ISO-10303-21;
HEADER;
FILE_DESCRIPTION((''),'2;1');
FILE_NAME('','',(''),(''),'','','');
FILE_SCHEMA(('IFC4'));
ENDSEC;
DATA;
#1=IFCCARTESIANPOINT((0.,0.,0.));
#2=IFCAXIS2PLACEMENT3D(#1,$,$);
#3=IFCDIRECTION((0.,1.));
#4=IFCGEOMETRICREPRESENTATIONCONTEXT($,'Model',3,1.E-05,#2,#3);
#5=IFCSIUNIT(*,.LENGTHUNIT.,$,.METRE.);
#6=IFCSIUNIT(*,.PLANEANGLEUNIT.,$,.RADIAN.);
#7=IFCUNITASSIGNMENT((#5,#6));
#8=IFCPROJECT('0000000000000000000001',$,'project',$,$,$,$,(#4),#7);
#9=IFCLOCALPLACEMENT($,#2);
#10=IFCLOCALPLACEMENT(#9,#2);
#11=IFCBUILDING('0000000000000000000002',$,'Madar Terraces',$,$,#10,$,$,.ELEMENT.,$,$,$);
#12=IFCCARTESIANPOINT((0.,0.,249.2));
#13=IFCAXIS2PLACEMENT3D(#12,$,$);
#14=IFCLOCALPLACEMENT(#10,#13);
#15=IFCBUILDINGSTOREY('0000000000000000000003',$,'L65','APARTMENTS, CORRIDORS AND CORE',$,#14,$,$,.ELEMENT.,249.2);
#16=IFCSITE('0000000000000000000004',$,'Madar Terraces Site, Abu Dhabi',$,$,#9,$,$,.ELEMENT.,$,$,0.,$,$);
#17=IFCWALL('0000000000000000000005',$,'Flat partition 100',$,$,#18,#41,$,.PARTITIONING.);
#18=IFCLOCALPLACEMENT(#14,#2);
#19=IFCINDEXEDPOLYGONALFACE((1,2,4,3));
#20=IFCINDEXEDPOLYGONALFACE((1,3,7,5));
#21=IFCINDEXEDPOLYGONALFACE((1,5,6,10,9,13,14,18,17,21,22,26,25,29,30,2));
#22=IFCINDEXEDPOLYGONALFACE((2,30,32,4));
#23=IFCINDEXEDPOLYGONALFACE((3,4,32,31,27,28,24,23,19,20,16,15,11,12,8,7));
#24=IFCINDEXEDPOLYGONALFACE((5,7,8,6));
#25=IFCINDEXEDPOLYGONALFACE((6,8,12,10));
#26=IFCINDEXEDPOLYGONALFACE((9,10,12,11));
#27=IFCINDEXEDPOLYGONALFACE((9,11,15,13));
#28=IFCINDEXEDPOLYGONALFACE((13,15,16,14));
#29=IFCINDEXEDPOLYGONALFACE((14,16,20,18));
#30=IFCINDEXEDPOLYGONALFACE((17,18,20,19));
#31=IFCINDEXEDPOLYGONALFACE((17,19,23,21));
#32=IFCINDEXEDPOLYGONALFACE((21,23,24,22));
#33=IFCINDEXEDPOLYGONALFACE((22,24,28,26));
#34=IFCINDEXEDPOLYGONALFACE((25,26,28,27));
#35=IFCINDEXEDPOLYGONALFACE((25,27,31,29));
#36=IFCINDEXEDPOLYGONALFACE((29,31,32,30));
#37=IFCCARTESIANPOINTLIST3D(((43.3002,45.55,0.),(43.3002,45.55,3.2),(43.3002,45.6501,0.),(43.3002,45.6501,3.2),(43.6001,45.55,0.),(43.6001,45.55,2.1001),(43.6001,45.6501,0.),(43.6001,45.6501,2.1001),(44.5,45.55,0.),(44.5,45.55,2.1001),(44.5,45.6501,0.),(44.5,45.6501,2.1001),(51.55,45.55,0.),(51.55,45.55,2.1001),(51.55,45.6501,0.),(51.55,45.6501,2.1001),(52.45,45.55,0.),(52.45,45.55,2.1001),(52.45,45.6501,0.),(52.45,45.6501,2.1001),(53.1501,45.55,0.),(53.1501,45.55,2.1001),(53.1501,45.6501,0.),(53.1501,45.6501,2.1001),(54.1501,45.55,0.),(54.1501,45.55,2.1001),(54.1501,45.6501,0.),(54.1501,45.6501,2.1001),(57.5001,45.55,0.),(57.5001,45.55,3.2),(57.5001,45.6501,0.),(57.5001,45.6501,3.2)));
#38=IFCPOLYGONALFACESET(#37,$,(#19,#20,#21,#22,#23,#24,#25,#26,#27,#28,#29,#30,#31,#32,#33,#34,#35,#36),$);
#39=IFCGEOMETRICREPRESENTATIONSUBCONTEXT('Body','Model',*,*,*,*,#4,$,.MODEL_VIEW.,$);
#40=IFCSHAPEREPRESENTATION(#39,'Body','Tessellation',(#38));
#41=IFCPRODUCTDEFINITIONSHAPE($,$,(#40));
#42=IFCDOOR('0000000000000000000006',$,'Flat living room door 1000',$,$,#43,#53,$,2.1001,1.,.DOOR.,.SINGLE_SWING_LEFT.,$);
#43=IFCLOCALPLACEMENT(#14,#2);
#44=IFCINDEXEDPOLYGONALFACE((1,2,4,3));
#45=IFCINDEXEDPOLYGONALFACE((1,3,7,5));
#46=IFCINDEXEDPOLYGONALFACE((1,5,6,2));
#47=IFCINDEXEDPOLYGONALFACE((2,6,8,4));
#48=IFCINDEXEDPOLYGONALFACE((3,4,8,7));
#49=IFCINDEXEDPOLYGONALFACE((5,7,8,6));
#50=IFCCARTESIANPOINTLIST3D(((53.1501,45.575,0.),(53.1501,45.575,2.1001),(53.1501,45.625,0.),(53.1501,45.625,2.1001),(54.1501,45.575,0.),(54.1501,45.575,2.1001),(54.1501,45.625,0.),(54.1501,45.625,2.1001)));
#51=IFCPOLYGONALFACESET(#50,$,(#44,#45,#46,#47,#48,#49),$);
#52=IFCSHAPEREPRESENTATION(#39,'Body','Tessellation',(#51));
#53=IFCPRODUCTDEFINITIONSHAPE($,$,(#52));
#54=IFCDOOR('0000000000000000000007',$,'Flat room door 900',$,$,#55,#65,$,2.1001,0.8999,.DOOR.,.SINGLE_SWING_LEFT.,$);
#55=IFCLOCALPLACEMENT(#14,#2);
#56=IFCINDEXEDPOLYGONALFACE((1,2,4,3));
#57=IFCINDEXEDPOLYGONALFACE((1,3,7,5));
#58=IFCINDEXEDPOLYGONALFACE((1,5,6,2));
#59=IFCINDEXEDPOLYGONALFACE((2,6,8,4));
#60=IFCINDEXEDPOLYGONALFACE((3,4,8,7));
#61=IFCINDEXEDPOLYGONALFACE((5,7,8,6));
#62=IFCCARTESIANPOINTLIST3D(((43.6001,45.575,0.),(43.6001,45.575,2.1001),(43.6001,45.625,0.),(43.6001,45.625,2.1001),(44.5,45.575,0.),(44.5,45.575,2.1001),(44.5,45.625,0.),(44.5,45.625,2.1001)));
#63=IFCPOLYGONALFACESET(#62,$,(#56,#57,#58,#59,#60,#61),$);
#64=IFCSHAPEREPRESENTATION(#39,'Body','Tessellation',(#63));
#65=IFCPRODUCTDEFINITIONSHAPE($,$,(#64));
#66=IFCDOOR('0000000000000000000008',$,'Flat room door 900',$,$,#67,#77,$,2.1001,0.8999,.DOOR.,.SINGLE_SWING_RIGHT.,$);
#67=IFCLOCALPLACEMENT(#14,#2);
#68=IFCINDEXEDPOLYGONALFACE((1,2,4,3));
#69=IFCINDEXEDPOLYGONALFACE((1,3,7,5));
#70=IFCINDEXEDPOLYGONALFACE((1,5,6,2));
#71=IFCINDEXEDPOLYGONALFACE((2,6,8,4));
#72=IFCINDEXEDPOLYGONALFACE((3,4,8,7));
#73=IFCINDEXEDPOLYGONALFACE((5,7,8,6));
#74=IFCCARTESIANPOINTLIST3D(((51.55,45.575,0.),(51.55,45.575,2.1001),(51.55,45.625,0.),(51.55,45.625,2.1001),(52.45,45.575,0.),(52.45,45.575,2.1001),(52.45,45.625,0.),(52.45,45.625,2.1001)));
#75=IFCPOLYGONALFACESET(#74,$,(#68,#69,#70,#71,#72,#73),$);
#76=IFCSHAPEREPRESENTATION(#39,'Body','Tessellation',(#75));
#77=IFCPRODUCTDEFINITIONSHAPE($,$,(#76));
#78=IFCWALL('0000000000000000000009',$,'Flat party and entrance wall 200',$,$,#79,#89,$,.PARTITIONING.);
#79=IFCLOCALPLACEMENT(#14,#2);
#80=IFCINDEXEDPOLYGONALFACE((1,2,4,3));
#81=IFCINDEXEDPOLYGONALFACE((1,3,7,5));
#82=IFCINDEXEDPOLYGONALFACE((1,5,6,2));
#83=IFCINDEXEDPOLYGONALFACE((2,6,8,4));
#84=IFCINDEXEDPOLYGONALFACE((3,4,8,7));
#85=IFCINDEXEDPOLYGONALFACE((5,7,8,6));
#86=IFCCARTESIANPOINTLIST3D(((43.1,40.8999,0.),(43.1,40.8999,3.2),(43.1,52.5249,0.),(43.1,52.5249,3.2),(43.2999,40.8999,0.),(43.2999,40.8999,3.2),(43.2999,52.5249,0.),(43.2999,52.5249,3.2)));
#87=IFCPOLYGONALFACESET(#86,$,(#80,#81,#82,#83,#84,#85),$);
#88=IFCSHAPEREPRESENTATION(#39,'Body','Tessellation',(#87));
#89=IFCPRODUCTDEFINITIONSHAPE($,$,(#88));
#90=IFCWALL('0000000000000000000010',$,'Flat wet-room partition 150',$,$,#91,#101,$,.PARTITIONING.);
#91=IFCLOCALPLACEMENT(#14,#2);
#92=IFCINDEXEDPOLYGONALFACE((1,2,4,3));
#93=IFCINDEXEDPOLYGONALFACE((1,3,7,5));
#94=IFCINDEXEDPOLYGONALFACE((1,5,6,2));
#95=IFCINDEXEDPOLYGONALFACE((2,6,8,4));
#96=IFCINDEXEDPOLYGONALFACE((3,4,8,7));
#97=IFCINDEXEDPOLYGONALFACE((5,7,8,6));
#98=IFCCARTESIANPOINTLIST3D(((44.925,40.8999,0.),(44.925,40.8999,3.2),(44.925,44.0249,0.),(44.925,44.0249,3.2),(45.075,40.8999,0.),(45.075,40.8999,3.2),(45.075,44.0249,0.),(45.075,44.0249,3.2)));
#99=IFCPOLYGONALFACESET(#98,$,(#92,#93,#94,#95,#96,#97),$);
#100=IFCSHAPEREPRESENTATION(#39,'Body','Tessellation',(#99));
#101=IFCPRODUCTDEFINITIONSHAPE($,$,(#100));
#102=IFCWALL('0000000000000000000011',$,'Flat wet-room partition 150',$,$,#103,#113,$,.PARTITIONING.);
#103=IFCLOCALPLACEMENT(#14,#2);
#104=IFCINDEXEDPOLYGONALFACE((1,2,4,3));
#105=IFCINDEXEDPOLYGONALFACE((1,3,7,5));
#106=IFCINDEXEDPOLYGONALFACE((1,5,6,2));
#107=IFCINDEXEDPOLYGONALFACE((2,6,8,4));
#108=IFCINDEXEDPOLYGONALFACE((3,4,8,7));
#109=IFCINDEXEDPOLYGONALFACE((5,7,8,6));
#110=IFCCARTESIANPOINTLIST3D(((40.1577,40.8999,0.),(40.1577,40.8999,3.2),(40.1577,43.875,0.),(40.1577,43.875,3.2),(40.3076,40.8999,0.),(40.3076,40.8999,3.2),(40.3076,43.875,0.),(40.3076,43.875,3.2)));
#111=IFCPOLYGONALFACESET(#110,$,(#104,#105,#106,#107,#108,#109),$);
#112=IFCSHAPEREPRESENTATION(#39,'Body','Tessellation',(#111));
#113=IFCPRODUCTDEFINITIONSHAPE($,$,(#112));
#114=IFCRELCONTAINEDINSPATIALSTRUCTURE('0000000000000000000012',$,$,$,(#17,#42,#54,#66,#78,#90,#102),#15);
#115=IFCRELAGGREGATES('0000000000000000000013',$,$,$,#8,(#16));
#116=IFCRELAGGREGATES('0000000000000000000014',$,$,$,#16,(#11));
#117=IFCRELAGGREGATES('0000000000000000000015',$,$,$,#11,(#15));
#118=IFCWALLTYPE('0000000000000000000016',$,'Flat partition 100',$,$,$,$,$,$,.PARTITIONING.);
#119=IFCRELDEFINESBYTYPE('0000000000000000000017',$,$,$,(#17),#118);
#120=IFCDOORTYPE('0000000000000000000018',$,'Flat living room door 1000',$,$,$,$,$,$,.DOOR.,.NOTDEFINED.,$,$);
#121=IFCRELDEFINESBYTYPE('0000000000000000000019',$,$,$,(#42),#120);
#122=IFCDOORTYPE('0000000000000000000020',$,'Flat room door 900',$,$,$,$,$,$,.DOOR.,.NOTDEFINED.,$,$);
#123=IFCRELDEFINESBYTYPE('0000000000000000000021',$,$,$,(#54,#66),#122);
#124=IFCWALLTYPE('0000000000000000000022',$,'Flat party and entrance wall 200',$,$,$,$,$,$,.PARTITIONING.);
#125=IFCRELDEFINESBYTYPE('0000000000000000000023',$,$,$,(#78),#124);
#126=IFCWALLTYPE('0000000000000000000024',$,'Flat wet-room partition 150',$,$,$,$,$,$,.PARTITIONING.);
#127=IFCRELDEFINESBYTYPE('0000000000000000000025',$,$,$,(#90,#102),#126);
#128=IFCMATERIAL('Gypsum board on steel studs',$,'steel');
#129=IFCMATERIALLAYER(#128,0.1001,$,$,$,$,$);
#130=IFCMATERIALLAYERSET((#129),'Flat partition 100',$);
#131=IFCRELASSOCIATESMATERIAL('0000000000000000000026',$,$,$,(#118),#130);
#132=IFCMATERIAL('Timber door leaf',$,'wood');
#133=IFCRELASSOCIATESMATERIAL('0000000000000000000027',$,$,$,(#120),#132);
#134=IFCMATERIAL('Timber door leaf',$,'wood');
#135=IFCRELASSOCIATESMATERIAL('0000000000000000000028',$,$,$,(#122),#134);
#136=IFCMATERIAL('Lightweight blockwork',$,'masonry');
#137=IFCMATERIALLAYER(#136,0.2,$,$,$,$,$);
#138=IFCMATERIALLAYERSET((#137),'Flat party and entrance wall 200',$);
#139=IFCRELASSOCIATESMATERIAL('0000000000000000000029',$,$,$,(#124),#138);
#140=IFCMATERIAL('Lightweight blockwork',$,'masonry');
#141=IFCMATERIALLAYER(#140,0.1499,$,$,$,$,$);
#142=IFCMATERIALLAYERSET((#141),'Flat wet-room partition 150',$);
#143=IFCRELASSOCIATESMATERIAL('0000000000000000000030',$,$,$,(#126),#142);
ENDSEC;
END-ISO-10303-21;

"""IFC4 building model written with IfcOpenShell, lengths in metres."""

from ifc_helpers import new_model, si_unit, direction, frame, frame_2d, origin, place, context, subcontext, project, spatial, rectangle, extrude, material, layer, layer_set, type_object, element, fill, save


model = new_model("IFC4")

# Units and contexts
model_context = context("Model", 3, precision=1e-05, world=origin(), true_north=direction((0.0, 1.0)))
body_context = subcontext(model_context, "Body", "Model", "MODEL_VIEW")
ifc_project = project(units=[si_unit("LENGTHUNIT", "METRE"), si_unit("PLANEANGLEUNIT", "RADIAN")], contexts=[model_context])

# Site, building, storey
site_placement = place(None, origin())
site = spatial("IfcSite", under=ifc_project, at=site_placement, Name="Madar Terraces Site, Abu Dhabi", CompositionType="ELEMENT", RefElevation=0.0)
building_placement = place(site_placement, origin())
building = spatial("IfcBuilding", under=site, at=building_placement, Name="Madar Terraces", CompositionType="ELEMENT")
storey_placement = place(building_placement, frame((0.0, 0.0, 249.2)))
storey = spatial("IfcBuildingStorey", under=building, at=storey_placement, Name="L65", Description="APARTMENTS, CORRIDORS AND CORE", CompositionType="ELEMENT", Elevation=249.2)

# Wall, openings, doors
ifc_material_1 = material(Name="Gypsum board on steel studs", Category="steel")
ifc_layer_1 = layer(ifc_material_1, 0.1001)
ifc_layer_set_1 = layer_set([ifc_layer_1], Name="Flat partition 100")
wall_type_1 = type_object("IfcWallType", Name="Flat partition 100", PredefinedType="PARTITIONING", material=ifc_layer_set_1)
wall_1_placement = place(storey_placement, frame((43.3, 45.6001, 0.0), z_axis=(0.0, 0.0, 1.0), x_axis=(1.0, 0.0, 0.0)))
wall_1 = element("IfcWall", 1, at=wall_1_placement, inside=storey, type_object=wall_type_1, Name="Flat partition 100", PredefinedType="PARTITIONING", context=body_context, shape_type="SweptSolid", body=[
    extrude(rectangle(XDim=14.2, YDim=0.1001, at=frame_2d((7.1001, 0.0))), origin(), (0.0, 0.0, 1.0), 3.2),
])
opening_1_placement = place(wall_1_placement, frame((0.3, 0.0, 0.0)))
opening_1 = element("IfcOpeningElement", 2, at=opening_1_placement, cuts=wall_1, PredefinedType="OPENING", context=body_context, shape_type="SweptSolid", body=[
    extrude(rectangle(XDim=0.8999, YDim=2.1001, at=frame_2d((0.45, 1.05))), frame((0.0, 0.0601, 0.0), z_axis=(0.0, -1.0, 0.0), x_axis=(1.0, 0.0, 0.0)), (0.0, 0.0, 1.0), 0.1201),
])
opening_2_placement = place(wall_1_placement, frame((8.25, 0.0, 0.0)))
opening_2 = element("IfcOpeningElement", 3, at=opening_2_placement, cuts=wall_1, PredefinedType="OPENING", context=body_context, shape_type="SweptSolid", body=[
    extrude(rectangle(XDim=0.8999, YDim=2.1001, at=frame_2d((0.45, 1.05))), frame((0.0, 0.0601, 0.0), z_axis=(0.0, -1.0, 0.0), x_axis=(1.0, 0.0, 0.0)), (0.0, 0.0, 1.0), 0.1201),
])
opening_3_placement = place(wall_1_placement, frame((9.8501, 0.0, 0.0)))
opening_3 = element("IfcOpeningElement", 4, at=opening_3_placement, cuts=wall_1, PredefinedType="OPENING", context=body_context, shape_type="SweptSolid", body=[
    extrude(rectangle(XDim=1.0, YDim=2.1001, at=frame_2d((0.5, 1.05))), frame((0.0, 0.0601, 0.0), z_axis=(0.0, -1.0, 0.0), x_axis=(1.0, 0.0, 0.0)), (0.0, 0.0, 1.0), 0.1201),
])
ifc_material_2 = material(Name="Timber door leaf", Category="wood")
door_type_1 = type_object("IfcDoorType", Name="Flat living room door 1000", OperationType="NOTDEFINED", PredefinedType="DOOR", material=ifc_material_2)
door_1_placement = place(opening_3_placement, origin())
door_1 = element("IfcDoor", 5, at=door_1_placement, inside=storey, type_object=door_type_1, Name="Flat living room door 1000", OperationType="SINGLE_SWING_LEFT", OverallHeight=2.1001, OverallWidth=1.0, PredefinedType="DOOR", context=body_context, shape_type="SweptSolid", body=[
    extrude(rectangle(XDim=1.0, YDim=2.1001, at=frame_2d((0.5, 1.05))), frame((0.0, 0.0249, 0.0), z_axis=(0.0, -1.0, 0.0), x_axis=(1.0, 0.0, 0.0)), (0.0, 0.0, 1.0), 0.05),
])
fill(opening_3, door_1)
ifc_material_3 = material(Name="Timber door leaf", Category="wood")
door_type_2 = type_object("IfcDoorType", Name="Flat room door 900", OperationType="NOTDEFINED", PredefinedType="DOOR", material=ifc_material_3)
door_2_placement = place(opening_1_placement, origin())
door_2 = element("IfcDoor", 6, at=door_2_placement, inside=storey, type_object=door_type_2, Name="Flat room door 900", OperationType="SINGLE_SWING_LEFT", OverallHeight=2.1001, OverallWidth=0.8999, PredefinedType="DOOR", context=body_context, shape_type="SweptSolid", body=[
    extrude(rectangle(XDim=0.8999, YDim=2.1001, at=frame_2d((0.45, 1.05))), frame((0.0, 0.0249, 0.0), z_axis=(0.0, -1.0, 0.0), x_axis=(1.0, 0.0, 0.0)), (0.0, 0.0, 1.0), 0.05),
])
fill(opening_1, door_2)
door_3_placement = place(opening_2_placement, origin())
door_3 = element("IfcDoor", 7, at=door_3_placement, inside=storey, type_object=door_type_2, Name="Flat room door 900", OperationType="SINGLE_SWING_RIGHT", OverallHeight=2.1001, OverallWidth=0.8999, PredefinedType="DOOR", context=body_context, shape_type="SweptSolid", body=[
    extrude(rectangle(XDim=0.8999, YDim=2.1001, at=frame_2d((0.45, 1.05))), frame((0.0, 0.0249, 0.0), z_axis=(0.0, -1.0, 0.0), x_axis=(1.0, 0.0, 0.0)), (0.0, 0.0, 1.0), 0.05),
])
fill(opening_2, door_3)

# Walls
ifc_material_4 = material(Name="Lightweight blockwork", Category="masonry")
ifc_layer_2 = layer(ifc_material_4, 0.2)
ifc_layer_set_2 = layer_set([ifc_layer_2], Name="Flat party and entrance wall 200")
wall_type_2 = type_object("IfcWallType", Name="Flat party and entrance wall 200", PredefinedType="PARTITIONING", material=ifc_layer_set_2)
wall_2_placement = place(storey_placement, frame((43.2, 52.5249, 0.0), z_axis=(0.0, 0.0, 1.0), x_axis=(0.0, -1.0, 0.0)))
element("IfcWall", 8, at=wall_2_placement, inside=storey, type_object=wall_type_2, Name="Flat party and entrance wall 200", PredefinedType="PARTITIONING", context=body_context, shape_type="SweptSolid", body=[
    extrude(rectangle(XDim=11.625, YDim=0.2, at=frame_2d((5.8125, 0.0))), origin(), (0.0, 0.0, 1.0), 3.2),
])
ifc_material_5 = material(Name="Lightweight blockwork", Category="masonry")
ifc_layer_3 = layer(ifc_material_5, 0.1499)
ifc_layer_set_3 = layer_set([ifc_layer_3], Name="Flat wet-room partition 150")
wall_type_3 = type_object("IfcWallType", Name="Flat wet-room partition 150", PredefinedType="PARTITIONING", material=ifc_layer_set_3)
wall_3_placement = place(storey_placement, frame((45.0, 40.8999, 0.0), z_axis=(0.0, 0.0, 1.0), x_axis=(0.0, 1.0, 0.0)))
element("IfcWall", 9, at=wall_3_placement, inside=storey, type_object=wall_type_3, Name="Flat wet-room partition 150", PredefinedType="PARTITIONING", context=body_context, shape_type="SweptSolid", body=[
    extrude(rectangle(XDim=3.125, YDim=0.1499, at=frame_2d((1.5625, 0.0))), origin(), (0.0, 0.0, 1.0), 3.2),
])
wall_4_placement = place(storey_placement, frame((40.2327, 40.8999, 0.0), z_axis=(0.0, 0.0, 1.0), x_axis=(0.0, 1.0, 0.0)))
element("IfcWall", 10, at=wall_4_placement, inside=storey, type_object=wall_type_3, Name="Flat wet-room partition 150", PredefinedType="PARTITIONING", context=body_context, shape_type="SweptSolid", body=[
    extrude(rectangle(XDim=2.9751, YDim=0.1499, at=frame_2d((1.4875, 0.0))), origin(), (0.0, 0.0, 1.0), 3.2),
])

save(model, "model.ifc")
